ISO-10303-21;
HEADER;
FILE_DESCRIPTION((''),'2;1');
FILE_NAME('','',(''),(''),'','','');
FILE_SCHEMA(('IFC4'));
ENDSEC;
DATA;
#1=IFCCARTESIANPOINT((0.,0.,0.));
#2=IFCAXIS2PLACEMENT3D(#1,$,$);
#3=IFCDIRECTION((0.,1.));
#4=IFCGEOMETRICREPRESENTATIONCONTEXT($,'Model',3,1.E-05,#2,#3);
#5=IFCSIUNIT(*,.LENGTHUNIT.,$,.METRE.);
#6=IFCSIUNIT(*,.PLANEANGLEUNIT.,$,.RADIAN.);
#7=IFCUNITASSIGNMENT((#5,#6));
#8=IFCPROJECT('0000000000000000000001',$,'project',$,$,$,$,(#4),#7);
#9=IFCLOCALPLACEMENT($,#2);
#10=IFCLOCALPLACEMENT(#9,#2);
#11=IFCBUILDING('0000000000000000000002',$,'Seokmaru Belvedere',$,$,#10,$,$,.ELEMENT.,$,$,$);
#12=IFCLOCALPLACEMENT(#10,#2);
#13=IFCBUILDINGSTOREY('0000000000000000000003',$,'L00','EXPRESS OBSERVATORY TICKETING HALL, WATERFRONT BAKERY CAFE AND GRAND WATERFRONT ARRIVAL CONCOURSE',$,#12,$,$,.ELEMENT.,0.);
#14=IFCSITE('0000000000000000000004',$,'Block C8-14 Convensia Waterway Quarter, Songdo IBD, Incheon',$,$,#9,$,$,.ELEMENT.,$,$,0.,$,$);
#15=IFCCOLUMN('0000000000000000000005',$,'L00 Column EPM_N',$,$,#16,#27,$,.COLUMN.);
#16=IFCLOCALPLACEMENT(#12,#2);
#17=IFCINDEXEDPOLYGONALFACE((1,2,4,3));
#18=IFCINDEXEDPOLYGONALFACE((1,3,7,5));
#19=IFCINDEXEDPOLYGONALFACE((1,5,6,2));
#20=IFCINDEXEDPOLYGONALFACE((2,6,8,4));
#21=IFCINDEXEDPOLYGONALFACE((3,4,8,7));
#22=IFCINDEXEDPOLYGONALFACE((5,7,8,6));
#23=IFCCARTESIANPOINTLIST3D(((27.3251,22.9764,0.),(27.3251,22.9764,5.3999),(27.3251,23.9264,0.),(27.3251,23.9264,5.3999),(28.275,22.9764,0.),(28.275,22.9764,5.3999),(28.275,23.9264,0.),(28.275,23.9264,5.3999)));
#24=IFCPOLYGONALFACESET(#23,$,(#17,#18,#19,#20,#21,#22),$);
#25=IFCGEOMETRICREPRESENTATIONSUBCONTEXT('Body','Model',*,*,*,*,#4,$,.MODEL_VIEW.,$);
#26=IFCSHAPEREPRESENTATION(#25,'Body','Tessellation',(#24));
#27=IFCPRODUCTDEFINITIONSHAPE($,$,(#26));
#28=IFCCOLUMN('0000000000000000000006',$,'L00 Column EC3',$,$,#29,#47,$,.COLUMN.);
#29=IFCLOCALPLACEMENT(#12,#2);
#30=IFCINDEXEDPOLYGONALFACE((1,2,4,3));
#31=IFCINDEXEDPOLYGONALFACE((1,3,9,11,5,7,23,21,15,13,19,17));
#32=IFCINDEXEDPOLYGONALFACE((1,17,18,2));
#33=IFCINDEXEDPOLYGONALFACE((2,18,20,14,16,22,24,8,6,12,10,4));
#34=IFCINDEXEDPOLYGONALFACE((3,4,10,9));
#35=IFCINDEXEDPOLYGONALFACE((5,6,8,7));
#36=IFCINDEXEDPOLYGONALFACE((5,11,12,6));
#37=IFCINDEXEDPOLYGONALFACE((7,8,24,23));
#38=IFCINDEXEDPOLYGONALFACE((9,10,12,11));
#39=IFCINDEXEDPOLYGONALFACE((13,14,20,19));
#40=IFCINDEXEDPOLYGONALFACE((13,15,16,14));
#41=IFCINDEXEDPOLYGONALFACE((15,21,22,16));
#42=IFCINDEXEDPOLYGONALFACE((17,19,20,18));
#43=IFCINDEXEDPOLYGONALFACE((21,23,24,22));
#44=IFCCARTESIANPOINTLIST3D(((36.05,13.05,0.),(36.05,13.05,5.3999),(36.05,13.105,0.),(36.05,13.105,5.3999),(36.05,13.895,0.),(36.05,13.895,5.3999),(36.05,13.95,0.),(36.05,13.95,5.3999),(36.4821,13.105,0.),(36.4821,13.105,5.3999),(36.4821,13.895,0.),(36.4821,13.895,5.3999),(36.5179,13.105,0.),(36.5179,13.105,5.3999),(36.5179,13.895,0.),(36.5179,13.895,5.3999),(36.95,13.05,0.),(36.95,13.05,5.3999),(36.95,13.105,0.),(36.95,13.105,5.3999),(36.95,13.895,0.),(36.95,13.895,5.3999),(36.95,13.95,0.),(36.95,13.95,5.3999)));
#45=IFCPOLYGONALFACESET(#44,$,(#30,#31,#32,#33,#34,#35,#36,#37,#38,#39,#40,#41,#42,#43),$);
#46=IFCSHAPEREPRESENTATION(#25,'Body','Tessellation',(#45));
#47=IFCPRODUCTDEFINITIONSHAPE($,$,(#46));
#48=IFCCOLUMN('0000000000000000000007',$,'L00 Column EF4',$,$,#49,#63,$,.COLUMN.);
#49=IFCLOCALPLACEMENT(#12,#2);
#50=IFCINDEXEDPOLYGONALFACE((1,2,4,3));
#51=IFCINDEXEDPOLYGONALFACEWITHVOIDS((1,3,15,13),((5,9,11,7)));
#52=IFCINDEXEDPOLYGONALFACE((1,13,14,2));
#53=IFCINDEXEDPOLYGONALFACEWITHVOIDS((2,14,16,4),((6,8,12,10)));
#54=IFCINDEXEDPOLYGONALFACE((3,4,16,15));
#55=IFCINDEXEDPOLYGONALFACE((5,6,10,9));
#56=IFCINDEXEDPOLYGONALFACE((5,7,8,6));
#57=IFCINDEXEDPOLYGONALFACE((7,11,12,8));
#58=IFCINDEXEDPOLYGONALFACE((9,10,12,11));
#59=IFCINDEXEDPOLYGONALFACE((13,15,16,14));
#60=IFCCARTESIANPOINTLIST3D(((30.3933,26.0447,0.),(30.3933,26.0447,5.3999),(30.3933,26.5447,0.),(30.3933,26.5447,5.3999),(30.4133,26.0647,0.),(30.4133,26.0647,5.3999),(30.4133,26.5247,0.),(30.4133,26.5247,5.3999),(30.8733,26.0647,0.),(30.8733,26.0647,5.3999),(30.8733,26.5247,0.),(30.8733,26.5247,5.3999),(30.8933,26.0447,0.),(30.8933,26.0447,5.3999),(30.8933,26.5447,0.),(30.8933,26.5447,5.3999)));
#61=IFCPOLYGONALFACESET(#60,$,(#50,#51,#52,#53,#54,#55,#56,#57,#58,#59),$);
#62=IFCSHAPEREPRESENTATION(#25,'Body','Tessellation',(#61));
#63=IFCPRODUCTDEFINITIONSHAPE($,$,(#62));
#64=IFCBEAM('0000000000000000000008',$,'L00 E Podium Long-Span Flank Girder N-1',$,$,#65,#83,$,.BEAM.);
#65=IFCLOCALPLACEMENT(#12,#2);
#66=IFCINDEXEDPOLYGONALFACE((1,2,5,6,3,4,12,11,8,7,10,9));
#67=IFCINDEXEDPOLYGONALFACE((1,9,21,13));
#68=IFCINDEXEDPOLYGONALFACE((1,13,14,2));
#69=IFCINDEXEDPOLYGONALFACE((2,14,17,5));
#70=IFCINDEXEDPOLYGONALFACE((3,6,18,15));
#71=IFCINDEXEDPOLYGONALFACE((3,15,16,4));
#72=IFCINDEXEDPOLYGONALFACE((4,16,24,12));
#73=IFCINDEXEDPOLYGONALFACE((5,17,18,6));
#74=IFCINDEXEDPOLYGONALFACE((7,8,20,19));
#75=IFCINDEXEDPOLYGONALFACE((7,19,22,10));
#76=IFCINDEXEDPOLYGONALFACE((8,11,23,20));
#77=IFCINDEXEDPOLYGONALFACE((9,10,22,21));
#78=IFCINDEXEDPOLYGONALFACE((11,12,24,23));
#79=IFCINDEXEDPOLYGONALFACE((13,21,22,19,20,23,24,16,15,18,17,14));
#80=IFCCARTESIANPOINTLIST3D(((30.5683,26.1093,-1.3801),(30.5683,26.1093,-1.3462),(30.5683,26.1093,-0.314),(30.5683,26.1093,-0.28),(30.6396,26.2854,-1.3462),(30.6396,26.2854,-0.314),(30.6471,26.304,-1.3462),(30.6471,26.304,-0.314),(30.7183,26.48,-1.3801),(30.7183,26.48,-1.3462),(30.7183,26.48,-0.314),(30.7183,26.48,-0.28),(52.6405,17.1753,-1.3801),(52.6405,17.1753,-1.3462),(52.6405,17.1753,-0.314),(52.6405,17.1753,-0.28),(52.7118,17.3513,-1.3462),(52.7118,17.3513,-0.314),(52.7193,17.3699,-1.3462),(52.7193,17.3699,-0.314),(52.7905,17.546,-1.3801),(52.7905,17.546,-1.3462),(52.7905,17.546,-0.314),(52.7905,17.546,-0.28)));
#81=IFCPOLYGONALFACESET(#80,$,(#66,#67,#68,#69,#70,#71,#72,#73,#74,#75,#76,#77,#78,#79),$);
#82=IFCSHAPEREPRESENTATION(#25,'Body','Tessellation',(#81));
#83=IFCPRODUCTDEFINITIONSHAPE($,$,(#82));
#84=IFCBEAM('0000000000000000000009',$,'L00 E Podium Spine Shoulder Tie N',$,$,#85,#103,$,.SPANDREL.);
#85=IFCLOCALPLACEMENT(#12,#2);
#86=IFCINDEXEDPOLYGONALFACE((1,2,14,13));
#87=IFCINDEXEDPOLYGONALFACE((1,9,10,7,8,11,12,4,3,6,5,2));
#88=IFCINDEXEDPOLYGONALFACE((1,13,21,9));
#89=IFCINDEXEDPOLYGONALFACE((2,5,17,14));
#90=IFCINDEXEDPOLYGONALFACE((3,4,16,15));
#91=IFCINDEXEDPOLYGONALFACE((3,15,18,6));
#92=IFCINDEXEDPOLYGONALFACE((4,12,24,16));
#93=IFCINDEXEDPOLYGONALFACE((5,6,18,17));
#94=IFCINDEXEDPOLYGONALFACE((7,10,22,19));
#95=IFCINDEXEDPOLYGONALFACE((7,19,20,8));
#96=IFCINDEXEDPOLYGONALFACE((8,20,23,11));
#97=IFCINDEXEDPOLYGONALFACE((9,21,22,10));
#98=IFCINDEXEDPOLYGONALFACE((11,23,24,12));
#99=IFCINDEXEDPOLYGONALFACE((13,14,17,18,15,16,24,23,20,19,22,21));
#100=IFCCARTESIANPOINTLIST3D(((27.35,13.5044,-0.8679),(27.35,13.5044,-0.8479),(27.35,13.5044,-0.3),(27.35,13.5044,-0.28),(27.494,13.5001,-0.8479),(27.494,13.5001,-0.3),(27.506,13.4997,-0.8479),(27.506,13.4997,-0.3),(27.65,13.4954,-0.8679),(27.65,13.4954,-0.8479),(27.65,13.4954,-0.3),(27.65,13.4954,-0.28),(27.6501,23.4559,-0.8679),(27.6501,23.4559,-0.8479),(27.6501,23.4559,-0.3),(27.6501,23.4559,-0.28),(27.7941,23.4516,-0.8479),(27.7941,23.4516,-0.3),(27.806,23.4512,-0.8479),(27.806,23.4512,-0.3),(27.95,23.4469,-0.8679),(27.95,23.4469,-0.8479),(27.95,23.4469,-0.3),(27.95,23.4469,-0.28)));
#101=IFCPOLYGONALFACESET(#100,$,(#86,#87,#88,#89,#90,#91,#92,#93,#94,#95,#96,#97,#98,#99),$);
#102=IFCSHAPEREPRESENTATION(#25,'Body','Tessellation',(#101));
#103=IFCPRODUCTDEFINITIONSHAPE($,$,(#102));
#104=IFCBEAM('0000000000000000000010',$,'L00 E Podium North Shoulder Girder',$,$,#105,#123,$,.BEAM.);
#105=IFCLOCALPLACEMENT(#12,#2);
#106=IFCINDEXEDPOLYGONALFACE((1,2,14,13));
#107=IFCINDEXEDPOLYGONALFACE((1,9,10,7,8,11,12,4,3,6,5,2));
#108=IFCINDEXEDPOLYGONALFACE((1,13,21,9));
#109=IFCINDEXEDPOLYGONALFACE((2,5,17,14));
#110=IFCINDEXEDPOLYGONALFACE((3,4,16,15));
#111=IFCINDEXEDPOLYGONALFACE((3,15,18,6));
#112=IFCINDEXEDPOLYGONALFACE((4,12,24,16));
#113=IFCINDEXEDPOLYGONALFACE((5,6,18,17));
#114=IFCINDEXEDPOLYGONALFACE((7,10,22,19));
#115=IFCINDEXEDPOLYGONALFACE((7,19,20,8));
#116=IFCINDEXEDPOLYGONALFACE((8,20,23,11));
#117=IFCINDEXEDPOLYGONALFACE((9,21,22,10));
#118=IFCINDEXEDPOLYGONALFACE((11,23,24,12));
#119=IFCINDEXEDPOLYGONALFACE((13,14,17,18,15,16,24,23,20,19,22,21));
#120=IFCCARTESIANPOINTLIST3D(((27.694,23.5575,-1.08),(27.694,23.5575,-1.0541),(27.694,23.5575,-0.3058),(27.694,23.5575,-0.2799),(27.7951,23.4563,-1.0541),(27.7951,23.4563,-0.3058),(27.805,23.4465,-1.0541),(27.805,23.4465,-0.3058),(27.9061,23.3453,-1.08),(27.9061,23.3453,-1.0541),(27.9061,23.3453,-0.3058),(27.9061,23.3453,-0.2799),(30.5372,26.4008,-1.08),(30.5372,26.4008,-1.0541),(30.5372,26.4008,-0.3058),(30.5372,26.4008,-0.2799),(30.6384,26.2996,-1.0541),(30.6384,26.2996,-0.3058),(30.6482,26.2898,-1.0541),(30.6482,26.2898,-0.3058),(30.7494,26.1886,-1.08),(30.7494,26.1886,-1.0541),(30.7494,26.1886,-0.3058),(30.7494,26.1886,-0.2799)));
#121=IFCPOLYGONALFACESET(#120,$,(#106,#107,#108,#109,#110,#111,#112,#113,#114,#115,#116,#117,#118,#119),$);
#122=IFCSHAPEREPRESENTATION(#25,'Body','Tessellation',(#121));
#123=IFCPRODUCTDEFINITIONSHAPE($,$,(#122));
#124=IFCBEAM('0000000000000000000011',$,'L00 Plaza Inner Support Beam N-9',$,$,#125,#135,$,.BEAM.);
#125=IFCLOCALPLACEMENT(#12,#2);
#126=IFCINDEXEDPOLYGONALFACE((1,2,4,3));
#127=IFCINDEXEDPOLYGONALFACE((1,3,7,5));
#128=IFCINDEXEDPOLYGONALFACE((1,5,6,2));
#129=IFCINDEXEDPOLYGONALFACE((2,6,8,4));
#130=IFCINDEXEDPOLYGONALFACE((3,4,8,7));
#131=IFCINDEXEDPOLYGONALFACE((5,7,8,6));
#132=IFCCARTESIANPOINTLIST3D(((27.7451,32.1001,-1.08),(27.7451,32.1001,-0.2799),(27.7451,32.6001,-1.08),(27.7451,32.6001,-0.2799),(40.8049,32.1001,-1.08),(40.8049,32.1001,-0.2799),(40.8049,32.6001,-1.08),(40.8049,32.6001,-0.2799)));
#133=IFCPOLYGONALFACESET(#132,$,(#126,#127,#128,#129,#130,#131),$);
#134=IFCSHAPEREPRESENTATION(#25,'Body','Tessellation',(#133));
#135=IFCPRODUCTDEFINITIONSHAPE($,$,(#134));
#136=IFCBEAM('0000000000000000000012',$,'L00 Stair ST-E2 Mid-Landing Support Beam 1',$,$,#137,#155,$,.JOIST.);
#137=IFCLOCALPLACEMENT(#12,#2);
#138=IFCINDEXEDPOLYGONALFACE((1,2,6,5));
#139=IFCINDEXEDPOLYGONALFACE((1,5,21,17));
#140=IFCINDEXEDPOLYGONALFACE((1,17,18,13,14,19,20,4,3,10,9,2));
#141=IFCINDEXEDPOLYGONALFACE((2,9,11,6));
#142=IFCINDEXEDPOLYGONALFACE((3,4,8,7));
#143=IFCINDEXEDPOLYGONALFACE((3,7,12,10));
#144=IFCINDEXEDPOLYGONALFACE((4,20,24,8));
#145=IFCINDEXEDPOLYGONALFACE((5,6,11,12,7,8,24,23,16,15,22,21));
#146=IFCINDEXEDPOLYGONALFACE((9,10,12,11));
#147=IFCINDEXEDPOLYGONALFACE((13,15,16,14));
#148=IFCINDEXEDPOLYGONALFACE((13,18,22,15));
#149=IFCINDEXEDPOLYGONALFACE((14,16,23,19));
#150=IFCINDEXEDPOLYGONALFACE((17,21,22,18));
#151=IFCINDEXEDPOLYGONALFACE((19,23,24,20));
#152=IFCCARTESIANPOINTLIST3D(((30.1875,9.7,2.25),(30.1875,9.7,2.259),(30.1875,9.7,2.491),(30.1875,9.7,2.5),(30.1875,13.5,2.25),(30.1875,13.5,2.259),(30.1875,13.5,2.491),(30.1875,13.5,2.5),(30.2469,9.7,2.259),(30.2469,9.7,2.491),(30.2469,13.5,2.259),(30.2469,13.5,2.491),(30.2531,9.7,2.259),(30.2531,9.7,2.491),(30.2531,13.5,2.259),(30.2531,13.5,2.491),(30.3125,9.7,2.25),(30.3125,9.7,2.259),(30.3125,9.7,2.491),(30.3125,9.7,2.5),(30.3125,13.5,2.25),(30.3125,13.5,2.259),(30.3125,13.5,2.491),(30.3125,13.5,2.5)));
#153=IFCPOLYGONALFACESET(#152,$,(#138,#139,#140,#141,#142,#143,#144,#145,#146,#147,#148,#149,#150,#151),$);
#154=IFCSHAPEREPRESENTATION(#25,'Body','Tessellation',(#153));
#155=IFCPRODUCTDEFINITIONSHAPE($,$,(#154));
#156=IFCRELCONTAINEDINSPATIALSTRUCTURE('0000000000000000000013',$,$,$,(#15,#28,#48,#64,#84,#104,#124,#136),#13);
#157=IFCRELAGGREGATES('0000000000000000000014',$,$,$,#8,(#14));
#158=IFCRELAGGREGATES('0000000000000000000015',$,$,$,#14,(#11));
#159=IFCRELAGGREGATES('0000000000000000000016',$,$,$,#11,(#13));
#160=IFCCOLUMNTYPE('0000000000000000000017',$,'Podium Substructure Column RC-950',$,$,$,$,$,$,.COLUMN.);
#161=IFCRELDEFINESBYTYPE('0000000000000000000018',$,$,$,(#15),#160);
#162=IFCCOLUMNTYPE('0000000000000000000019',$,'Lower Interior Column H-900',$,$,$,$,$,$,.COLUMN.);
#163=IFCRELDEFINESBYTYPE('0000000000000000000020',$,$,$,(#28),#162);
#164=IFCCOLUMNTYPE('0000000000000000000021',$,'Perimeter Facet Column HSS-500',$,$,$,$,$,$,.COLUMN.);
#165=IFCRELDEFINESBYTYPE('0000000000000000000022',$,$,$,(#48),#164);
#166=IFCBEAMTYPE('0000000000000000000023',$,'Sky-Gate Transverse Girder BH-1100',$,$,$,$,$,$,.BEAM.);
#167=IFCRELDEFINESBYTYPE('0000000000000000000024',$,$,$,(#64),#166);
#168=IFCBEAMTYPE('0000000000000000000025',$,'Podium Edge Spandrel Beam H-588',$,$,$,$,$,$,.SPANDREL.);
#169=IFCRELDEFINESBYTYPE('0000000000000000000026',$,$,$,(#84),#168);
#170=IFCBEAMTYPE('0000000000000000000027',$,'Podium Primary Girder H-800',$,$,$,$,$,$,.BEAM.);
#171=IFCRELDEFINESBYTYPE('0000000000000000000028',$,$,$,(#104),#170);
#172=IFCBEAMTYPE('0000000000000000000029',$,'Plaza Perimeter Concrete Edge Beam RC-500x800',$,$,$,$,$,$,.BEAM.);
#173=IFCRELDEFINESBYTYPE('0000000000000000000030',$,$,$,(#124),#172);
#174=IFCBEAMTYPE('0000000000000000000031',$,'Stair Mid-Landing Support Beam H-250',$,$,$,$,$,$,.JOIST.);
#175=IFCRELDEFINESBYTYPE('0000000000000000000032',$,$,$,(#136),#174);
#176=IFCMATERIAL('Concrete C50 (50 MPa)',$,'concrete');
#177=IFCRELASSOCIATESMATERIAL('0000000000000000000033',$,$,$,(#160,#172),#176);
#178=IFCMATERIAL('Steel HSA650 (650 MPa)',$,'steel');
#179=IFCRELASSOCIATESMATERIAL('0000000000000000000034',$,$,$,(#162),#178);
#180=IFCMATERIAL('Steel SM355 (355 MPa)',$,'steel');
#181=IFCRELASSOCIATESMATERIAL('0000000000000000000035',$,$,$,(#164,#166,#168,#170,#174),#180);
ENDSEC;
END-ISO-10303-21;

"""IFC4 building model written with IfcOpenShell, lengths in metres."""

from ifc_helpers import new_model, si_unit, direction, frame, origin, origin_2d, place, context, subcontext, project, spatial, rectangle, hollow_rectangle, i_section, extrude, source, transform, mapped, material, material_profile, profile_set, type_object, type_shapes, element, save


model = new_model("IFC4")

# Units and contexts
model_context = context("Model", 3, precision=1e-05, world=origin(), true_north=direction((0.0, 1.0)))
body_context = subcontext(model_context, "Body", "Model", "MODEL_VIEW")
ifc_project = project(units=[si_unit("LENGTHUNIT", "METRE"), si_unit("PLANEANGLEUNIT", "RADIAN")], contexts=[model_context])

# Site, building, storey
site_placement = place(None, origin())
site = spatial("IfcSite", under=ifc_project, at=site_placement, Name="Block C8-14 Convensia Waterway Quarter, Songdo IBD, Incheon", CompositionType="ELEMENT", RefElevation=0.0)
building_placement = place(site_placement, origin())
building = spatial("IfcBuilding", under=site, at=building_placement, Name="Seokmaru Belvedere", CompositionType="ELEMENT")
storey_placement = place(building_placement, origin())
storey = spatial("IfcBuildingStorey", under=building, at=storey_placement, Name="L00", Description="EXPRESS OBSERVATORY TICKETING HALL, WATERFRONT BAKERY CAFE AND GRAND WATERFRONT ARRIVAL CONCOURSE", CompositionType="ELEMENT", Elevation=0.0)

# Columns
ifc_material_1 = material(Name="Concrete C50 (50 MPa)", Category="concrete")
ifc_material_profile_1 = material_profile(ifc_material_1, rectangle(XDim=0.95, YDim=0.95, at=origin_2d()), Name="RC-950x950")
ifc_profile_set_1 = profile_set([ifc_material_profile_1], Name="Concrete C50 (50 MPa)")
column_type_1 = type_object("IfcColumnType", Name="Podium Substructure Column RC-950", PredefinedType="COLUMN", material=ifc_profile_set_1)
shared_shape_1 = source(origin(), body_context, "Body", "SweptSolid", [
    extrude(rectangle(XDim=0.95, YDim=0.95, at=origin_2d()), origin(), (0.0, 0.0, 1.0), 5.3999),
])
type_shapes(column_type_1, [shared_shape_1])
column_1_placement = place(storey_placement, frame((27.8, 23.4514, 0.0), z_axis=(0.0, 0.0, 1.0), x_axis=(1.0, 0.0, 0.0)))
element("IfcColumn", 1, at=column_1_placement, inside=storey, type_object=column_type_1, Name="L00 Column EPM_N", PredefinedType="COLUMN", context=body_context, shape_type="MappedRepresentation", body=[
    mapped(shared_shape_1, transform((0.0, 0.0, 0.0), scale=1.0)),
])
ifc_material_2 = material(Name="Steel HSA650 (650 MPa)", Category="steel")
ifc_material_profile_2 = material_profile(ifc_material_2, i_section(OverallWidth=0.8999, OverallDepth=0.8999, WebThickness=0.0359, FlangeThickness=0.0549, at=origin_2d()), Name="H-900x900x36x55")
ifc_profile_set_2 = profile_set([ifc_material_profile_2], Name="Steel HSA650 (650 MPa)")
column_type_2 = type_object("IfcColumnType", Name="Lower Interior Column H-900", PredefinedType="COLUMN", material=ifc_profile_set_2)
shared_shape_2 = source(origin(), body_context, "Body", "SweptSolid", [
    extrude(i_section(OverallWidth=0.8999, OverallDepth=0.8999, WebThickness=0.0359, FlangeThickness=0.0549, at=origin_2d()), origin(), (0.0, 0.0, 1.0), 5.3999),
])
type_shapes(column_type_2, [shared_shape_2])
column_2_placement = place(storey_placement, frame((36.5, 13.5, 0.0), z_axis=(0.0, 0.0, 1.0), x_axis=(1.0, 0.0, 0.0)))
element("IfcColumn", 2, at=column_2_placement, inside=storey, type_object=column_type_2, Name="L00 Column EC3", PredefinedType="COLUMN", context=body_context, shape_type="MappedRepresentation", body=[
    mapped(shared_shape_2, transform((0.0, 0.0, 0.0), scale=1.0)),
])
ifc_material_3 = material(Name="Steel SM355 (355 MPa)", Category="steel")
ifc_material_profile_3 = material_profile(ifc_material_3, hollow_rectangle(XDim=0.5, YDim=0.5, WallThickness=0.02, at=origin_2d()), Name="HSS-500x500x20")
ifc_profile_set_3 = profile_set([ifc_material_profile_3], Name="Steel SM355 (355 MPa)")
column_type_3 = type_object("IfcColumnType", Name="Perimeter Facet Column HSS-500", PredefinedType="COLUMN", material=ifc_profile_set_3)
shared_shape_3 = source(origin(), body_context, "Body", "SweptSolid", [
    extrude(hollow_rectangle(XDim=0.5, YDim=0.5, WallThickness=0.02, at=origin_2d()), origin(), (0.0, 0.0, 1.0), 5.3999),
])
type_shapes(column_type_3, [shared_shape_3])
column_3_placement = place(storey_placement, frame((30.6433, 26.2947, 0.0), z_axis=(0.0, 0.0, 1.0), x_axis=(1.0, 0.0, 0.0)))
element("IfcColumn", 3, at=column_3_placement, inside=storey, type_object=column_type_3, Name="L00 Column EF4", PredefinedType="COLUMN", context=body_context, shape_type="MappedRepresentation", body=[
    mapped(shared_shape_3, transform((0.0, 0.0, 0.0), scale=1.0)),
])

# Beams
ifc_material_profile_4 = material_profile(ifc_material_3, i_section(OverallWidth=0.3999, OverallDepth=1.1001, WebThickness=0.02, FlangeThickness=0.0339, at=origin_2d()), Name="BH-1100x400x20x34")
ifc_profile_set_4 = profile_set([ifc_material_profile_4], Name="Steel SM355 (355 MPa)")
beam_type_1 = type_object("IfcBeamType", Name="Sky-Gate Transverse Girder BH-1100", PredefinedType="BEAM", material=ifc_profile_set_4)
shared_shape_4 = source(origin(), body_context, "Body", "SweptSolid", [
    extrude(i_section(OverallWidth=0.3999, OverallDepth=1.1001, WebThickness=0.02, FlangeThickness=0.0339, at=origin_2d()), origin(), (0.0, 0.0, 1.0), 23.8118),
])
type_shapes(beam_type_1, [shared_shape_4])
beam_1_placement = place(storey_placement, frame((30.6433, 26.2947, -0.8301), z_axis=(0.926946, -0.375195, 0.0), x_axis=(0.375195, 0.926946, 0.0)))
element("IfcBeam", 4, at=beam_1_placement, inside=storey, type_object=beam_type_1, Name="L00 E Podium Long-Span Flank Girder N-1", PredefinedType="BEAM", context=body_context, shape_type="MappedRepresentation", body=[
    mapped(shared_shape_4, transform((0.0, 0.0, 0.0), scale=1.0)),
])
ifc_material_profile_5 = material_profile(ifc_material_3, i_section(OverallWidth=0.3, OverallDepth=0.5879, WebThickness=0.012, FlangeThickness=0.02, at=origin_2d()), Name="H-588x300x12x20")
ifc_profile_set_5 = profile_set([ifc_material_profile_5], Name="Steel SM355 (355 MPa)")
beam_type_2 = type_object("IfcBeamType", Name="Podium Edge Spandrel Beam H-588", PredefinedType="SPANDREL", material=ifc_profile_set_5)
shared_shape_5 = source(origin(), body_context, "Body", "SweptSolid", [
    extrude(i_section(OverallWidth=0.3, OverallDepth=0.5879, WebThickness=0.012, FlangeThickness=0.02, at=origin_2d()), origin(), (0.0, 0.0, 1.0), 9.9561),
])
type_shapes(beam_type_2, [shared_shape_5])
beam_2_placement = place(storey_placement, frame((27.8, 23.4514, -0.574), z_axis=(-0.030138, -0.999546, 0.0), x_axis=(0.999546, -0.030138, 0.0)))
element("IfcBeam", 5, at=beam_2_placement, inside=storey, type_object=beam_type_2, Name="L00 E Podium Spine Shoulder Tie N", PredefinedType="SPANDREL", context=body_context, shape_type="MappedRepresentation", body=[
    mapped(shared_shape_5, transform((0.0, 0.0, 0.0), scale=1.0)),
])
ifc_material_profile_6 = material_profile(ifc_material_3, i_section(OverallWidth=0.3, OverallDepth=0.8, WebThickness=0.0139, FlangeThickness=0.0259, at=origin_2d()), Name="H-800x300x14x26")
ifc_profile_set_6 = profile_set([ifc_material_profile_6], Name="Steel SM355 (355 MPa)")
beam_type_3 = type_object("IfcBeamType", Name="Podium Primary Girder H-800", PredefinedType="BEAM", material=ifc_profile_set_6)
shared_shape_6 = source(origin(), body_context, "Body", "SweptSolid", [
    extrude(i_section(OverallWidth=0.3, OverallDepth=0.8, WebThickness=0.0139, FlangeThickness=0.0259, at=origin_2d()), origin(), (0.0, 0.0, 1.0), 4.021),
])
type_shapes(beam_type_3, [shared_shape_6])
beam_3_placement = place(storey_placement, frame((30.6433, 26.2947, -0.6799), z_axis=(-0.707107, -0.707107, 0.0), x_axis=(0.707107, -0.707107, 0.0)))
element("IfcBeam", 6, at=beam_3_placement, inside=storey, type_object=beam_type_3, Name="L00 E Podium North Shoulder Girder", PredefinedType="BEAM", context=body_context, shape_type="MappedRepresentation", body=[
    mapped(shared_shape_6, transform((0.0, 0.0, 0.0), scale=1.0)),
])
ifc_material_profile_7 = material_profile(ifc_material_1, rectangle(XDim=0.5, YDim=0.8, at=origin_2d()), Name="RC-500x800")
ifc_profile_set_7 = profile_set([ifc_material_profile_7], Name="Concrete C50 (50 MPa)")
beam_type_4 = type_object("IfcBeamType", Name="Plaza Perimeter Concrete Edge Beam RC-500x800", PredefinedType="BEAM", material=ifc_profile_set_7)
shared_shape_7 = source(origin(), body_context, "Body", "SweptSolid", [
    extrude(rectangle(XDim=0.5, YDim=0.8, at=origin_2d()), origin(), (0.0, 0.0, 1.0), 13.0598),
])
type_shapes(beam_type_4, [shared_shape_7])
beam_4_placement = place(storey_placement, frame((27.7451, 32.3501, -0.6799), z_axis=(1.0, 0.0, 0.0), x_axis=(0.0, 1.0, 0.0)))
element("IfcBeam", 7, at=beam_4_placement, inside=storey, type_object=beam_type_4, Name="L00 Plaza Inner Support Beam N-9", PredefinedType="BEAM", context=body_context, shape_type="MappedRepresentation", body=[
    mapped(shared_shape_7, transform((0.0, 0.0, 0.0), scale=1.0)),
])
ifc_material_profile_8 = material_profile(ifc_material_3, i_section(OverallWidth=0.125, OverallDepth=0.25, WebThickness=0.0061, FlangeThickness=0.009, at=origin_2d()), Name="H-250x125x6x9")
ifc_profile_set_8 = profile_set([ifc_material_profile_8], Name="Steel SM355 (355 MPa)")
beam_type_5 = type_object("IfcBeamType", Name="Stair Mid-Landing Support Beam H-250", PredefinedType="JOIST", material=ifc_profile_set_8)
shared_shape_8 = source(origin(), body_context, "Body", "SweptSolid", [
    extrude(i_section(OverallWidth=0.125, OverallDepth=0.25, WebThickness=0.0061, FlangeThickness=0.009, at=origin_2d()), origin(), (0.0, 0.0, 1.0), 3.8),
])
type_shapes(beam_type_5, [shared_shape_8])
beam_5_placement = place(storey_placement, frame((30.25, 9.7, 2.375), z_axis=(0.0, 1.0, 0.0), x_axis=(-1.0, 0.0, 0.0)))
element("IfcBeam", 8, at=beam_5_placement, inside=storey, type_object=beam_type_5, Name="L00 Stair ST-E2 Mid-Landing Support Beam 1", PredefinedType="JOIST", context=body_context, shape_type="MappedRepresentation", body=[
    mapped(shared_shape_8, transform((0.0, 0.0, 0.0), scale=1.0)),
])

save(model, "model.ifc")
